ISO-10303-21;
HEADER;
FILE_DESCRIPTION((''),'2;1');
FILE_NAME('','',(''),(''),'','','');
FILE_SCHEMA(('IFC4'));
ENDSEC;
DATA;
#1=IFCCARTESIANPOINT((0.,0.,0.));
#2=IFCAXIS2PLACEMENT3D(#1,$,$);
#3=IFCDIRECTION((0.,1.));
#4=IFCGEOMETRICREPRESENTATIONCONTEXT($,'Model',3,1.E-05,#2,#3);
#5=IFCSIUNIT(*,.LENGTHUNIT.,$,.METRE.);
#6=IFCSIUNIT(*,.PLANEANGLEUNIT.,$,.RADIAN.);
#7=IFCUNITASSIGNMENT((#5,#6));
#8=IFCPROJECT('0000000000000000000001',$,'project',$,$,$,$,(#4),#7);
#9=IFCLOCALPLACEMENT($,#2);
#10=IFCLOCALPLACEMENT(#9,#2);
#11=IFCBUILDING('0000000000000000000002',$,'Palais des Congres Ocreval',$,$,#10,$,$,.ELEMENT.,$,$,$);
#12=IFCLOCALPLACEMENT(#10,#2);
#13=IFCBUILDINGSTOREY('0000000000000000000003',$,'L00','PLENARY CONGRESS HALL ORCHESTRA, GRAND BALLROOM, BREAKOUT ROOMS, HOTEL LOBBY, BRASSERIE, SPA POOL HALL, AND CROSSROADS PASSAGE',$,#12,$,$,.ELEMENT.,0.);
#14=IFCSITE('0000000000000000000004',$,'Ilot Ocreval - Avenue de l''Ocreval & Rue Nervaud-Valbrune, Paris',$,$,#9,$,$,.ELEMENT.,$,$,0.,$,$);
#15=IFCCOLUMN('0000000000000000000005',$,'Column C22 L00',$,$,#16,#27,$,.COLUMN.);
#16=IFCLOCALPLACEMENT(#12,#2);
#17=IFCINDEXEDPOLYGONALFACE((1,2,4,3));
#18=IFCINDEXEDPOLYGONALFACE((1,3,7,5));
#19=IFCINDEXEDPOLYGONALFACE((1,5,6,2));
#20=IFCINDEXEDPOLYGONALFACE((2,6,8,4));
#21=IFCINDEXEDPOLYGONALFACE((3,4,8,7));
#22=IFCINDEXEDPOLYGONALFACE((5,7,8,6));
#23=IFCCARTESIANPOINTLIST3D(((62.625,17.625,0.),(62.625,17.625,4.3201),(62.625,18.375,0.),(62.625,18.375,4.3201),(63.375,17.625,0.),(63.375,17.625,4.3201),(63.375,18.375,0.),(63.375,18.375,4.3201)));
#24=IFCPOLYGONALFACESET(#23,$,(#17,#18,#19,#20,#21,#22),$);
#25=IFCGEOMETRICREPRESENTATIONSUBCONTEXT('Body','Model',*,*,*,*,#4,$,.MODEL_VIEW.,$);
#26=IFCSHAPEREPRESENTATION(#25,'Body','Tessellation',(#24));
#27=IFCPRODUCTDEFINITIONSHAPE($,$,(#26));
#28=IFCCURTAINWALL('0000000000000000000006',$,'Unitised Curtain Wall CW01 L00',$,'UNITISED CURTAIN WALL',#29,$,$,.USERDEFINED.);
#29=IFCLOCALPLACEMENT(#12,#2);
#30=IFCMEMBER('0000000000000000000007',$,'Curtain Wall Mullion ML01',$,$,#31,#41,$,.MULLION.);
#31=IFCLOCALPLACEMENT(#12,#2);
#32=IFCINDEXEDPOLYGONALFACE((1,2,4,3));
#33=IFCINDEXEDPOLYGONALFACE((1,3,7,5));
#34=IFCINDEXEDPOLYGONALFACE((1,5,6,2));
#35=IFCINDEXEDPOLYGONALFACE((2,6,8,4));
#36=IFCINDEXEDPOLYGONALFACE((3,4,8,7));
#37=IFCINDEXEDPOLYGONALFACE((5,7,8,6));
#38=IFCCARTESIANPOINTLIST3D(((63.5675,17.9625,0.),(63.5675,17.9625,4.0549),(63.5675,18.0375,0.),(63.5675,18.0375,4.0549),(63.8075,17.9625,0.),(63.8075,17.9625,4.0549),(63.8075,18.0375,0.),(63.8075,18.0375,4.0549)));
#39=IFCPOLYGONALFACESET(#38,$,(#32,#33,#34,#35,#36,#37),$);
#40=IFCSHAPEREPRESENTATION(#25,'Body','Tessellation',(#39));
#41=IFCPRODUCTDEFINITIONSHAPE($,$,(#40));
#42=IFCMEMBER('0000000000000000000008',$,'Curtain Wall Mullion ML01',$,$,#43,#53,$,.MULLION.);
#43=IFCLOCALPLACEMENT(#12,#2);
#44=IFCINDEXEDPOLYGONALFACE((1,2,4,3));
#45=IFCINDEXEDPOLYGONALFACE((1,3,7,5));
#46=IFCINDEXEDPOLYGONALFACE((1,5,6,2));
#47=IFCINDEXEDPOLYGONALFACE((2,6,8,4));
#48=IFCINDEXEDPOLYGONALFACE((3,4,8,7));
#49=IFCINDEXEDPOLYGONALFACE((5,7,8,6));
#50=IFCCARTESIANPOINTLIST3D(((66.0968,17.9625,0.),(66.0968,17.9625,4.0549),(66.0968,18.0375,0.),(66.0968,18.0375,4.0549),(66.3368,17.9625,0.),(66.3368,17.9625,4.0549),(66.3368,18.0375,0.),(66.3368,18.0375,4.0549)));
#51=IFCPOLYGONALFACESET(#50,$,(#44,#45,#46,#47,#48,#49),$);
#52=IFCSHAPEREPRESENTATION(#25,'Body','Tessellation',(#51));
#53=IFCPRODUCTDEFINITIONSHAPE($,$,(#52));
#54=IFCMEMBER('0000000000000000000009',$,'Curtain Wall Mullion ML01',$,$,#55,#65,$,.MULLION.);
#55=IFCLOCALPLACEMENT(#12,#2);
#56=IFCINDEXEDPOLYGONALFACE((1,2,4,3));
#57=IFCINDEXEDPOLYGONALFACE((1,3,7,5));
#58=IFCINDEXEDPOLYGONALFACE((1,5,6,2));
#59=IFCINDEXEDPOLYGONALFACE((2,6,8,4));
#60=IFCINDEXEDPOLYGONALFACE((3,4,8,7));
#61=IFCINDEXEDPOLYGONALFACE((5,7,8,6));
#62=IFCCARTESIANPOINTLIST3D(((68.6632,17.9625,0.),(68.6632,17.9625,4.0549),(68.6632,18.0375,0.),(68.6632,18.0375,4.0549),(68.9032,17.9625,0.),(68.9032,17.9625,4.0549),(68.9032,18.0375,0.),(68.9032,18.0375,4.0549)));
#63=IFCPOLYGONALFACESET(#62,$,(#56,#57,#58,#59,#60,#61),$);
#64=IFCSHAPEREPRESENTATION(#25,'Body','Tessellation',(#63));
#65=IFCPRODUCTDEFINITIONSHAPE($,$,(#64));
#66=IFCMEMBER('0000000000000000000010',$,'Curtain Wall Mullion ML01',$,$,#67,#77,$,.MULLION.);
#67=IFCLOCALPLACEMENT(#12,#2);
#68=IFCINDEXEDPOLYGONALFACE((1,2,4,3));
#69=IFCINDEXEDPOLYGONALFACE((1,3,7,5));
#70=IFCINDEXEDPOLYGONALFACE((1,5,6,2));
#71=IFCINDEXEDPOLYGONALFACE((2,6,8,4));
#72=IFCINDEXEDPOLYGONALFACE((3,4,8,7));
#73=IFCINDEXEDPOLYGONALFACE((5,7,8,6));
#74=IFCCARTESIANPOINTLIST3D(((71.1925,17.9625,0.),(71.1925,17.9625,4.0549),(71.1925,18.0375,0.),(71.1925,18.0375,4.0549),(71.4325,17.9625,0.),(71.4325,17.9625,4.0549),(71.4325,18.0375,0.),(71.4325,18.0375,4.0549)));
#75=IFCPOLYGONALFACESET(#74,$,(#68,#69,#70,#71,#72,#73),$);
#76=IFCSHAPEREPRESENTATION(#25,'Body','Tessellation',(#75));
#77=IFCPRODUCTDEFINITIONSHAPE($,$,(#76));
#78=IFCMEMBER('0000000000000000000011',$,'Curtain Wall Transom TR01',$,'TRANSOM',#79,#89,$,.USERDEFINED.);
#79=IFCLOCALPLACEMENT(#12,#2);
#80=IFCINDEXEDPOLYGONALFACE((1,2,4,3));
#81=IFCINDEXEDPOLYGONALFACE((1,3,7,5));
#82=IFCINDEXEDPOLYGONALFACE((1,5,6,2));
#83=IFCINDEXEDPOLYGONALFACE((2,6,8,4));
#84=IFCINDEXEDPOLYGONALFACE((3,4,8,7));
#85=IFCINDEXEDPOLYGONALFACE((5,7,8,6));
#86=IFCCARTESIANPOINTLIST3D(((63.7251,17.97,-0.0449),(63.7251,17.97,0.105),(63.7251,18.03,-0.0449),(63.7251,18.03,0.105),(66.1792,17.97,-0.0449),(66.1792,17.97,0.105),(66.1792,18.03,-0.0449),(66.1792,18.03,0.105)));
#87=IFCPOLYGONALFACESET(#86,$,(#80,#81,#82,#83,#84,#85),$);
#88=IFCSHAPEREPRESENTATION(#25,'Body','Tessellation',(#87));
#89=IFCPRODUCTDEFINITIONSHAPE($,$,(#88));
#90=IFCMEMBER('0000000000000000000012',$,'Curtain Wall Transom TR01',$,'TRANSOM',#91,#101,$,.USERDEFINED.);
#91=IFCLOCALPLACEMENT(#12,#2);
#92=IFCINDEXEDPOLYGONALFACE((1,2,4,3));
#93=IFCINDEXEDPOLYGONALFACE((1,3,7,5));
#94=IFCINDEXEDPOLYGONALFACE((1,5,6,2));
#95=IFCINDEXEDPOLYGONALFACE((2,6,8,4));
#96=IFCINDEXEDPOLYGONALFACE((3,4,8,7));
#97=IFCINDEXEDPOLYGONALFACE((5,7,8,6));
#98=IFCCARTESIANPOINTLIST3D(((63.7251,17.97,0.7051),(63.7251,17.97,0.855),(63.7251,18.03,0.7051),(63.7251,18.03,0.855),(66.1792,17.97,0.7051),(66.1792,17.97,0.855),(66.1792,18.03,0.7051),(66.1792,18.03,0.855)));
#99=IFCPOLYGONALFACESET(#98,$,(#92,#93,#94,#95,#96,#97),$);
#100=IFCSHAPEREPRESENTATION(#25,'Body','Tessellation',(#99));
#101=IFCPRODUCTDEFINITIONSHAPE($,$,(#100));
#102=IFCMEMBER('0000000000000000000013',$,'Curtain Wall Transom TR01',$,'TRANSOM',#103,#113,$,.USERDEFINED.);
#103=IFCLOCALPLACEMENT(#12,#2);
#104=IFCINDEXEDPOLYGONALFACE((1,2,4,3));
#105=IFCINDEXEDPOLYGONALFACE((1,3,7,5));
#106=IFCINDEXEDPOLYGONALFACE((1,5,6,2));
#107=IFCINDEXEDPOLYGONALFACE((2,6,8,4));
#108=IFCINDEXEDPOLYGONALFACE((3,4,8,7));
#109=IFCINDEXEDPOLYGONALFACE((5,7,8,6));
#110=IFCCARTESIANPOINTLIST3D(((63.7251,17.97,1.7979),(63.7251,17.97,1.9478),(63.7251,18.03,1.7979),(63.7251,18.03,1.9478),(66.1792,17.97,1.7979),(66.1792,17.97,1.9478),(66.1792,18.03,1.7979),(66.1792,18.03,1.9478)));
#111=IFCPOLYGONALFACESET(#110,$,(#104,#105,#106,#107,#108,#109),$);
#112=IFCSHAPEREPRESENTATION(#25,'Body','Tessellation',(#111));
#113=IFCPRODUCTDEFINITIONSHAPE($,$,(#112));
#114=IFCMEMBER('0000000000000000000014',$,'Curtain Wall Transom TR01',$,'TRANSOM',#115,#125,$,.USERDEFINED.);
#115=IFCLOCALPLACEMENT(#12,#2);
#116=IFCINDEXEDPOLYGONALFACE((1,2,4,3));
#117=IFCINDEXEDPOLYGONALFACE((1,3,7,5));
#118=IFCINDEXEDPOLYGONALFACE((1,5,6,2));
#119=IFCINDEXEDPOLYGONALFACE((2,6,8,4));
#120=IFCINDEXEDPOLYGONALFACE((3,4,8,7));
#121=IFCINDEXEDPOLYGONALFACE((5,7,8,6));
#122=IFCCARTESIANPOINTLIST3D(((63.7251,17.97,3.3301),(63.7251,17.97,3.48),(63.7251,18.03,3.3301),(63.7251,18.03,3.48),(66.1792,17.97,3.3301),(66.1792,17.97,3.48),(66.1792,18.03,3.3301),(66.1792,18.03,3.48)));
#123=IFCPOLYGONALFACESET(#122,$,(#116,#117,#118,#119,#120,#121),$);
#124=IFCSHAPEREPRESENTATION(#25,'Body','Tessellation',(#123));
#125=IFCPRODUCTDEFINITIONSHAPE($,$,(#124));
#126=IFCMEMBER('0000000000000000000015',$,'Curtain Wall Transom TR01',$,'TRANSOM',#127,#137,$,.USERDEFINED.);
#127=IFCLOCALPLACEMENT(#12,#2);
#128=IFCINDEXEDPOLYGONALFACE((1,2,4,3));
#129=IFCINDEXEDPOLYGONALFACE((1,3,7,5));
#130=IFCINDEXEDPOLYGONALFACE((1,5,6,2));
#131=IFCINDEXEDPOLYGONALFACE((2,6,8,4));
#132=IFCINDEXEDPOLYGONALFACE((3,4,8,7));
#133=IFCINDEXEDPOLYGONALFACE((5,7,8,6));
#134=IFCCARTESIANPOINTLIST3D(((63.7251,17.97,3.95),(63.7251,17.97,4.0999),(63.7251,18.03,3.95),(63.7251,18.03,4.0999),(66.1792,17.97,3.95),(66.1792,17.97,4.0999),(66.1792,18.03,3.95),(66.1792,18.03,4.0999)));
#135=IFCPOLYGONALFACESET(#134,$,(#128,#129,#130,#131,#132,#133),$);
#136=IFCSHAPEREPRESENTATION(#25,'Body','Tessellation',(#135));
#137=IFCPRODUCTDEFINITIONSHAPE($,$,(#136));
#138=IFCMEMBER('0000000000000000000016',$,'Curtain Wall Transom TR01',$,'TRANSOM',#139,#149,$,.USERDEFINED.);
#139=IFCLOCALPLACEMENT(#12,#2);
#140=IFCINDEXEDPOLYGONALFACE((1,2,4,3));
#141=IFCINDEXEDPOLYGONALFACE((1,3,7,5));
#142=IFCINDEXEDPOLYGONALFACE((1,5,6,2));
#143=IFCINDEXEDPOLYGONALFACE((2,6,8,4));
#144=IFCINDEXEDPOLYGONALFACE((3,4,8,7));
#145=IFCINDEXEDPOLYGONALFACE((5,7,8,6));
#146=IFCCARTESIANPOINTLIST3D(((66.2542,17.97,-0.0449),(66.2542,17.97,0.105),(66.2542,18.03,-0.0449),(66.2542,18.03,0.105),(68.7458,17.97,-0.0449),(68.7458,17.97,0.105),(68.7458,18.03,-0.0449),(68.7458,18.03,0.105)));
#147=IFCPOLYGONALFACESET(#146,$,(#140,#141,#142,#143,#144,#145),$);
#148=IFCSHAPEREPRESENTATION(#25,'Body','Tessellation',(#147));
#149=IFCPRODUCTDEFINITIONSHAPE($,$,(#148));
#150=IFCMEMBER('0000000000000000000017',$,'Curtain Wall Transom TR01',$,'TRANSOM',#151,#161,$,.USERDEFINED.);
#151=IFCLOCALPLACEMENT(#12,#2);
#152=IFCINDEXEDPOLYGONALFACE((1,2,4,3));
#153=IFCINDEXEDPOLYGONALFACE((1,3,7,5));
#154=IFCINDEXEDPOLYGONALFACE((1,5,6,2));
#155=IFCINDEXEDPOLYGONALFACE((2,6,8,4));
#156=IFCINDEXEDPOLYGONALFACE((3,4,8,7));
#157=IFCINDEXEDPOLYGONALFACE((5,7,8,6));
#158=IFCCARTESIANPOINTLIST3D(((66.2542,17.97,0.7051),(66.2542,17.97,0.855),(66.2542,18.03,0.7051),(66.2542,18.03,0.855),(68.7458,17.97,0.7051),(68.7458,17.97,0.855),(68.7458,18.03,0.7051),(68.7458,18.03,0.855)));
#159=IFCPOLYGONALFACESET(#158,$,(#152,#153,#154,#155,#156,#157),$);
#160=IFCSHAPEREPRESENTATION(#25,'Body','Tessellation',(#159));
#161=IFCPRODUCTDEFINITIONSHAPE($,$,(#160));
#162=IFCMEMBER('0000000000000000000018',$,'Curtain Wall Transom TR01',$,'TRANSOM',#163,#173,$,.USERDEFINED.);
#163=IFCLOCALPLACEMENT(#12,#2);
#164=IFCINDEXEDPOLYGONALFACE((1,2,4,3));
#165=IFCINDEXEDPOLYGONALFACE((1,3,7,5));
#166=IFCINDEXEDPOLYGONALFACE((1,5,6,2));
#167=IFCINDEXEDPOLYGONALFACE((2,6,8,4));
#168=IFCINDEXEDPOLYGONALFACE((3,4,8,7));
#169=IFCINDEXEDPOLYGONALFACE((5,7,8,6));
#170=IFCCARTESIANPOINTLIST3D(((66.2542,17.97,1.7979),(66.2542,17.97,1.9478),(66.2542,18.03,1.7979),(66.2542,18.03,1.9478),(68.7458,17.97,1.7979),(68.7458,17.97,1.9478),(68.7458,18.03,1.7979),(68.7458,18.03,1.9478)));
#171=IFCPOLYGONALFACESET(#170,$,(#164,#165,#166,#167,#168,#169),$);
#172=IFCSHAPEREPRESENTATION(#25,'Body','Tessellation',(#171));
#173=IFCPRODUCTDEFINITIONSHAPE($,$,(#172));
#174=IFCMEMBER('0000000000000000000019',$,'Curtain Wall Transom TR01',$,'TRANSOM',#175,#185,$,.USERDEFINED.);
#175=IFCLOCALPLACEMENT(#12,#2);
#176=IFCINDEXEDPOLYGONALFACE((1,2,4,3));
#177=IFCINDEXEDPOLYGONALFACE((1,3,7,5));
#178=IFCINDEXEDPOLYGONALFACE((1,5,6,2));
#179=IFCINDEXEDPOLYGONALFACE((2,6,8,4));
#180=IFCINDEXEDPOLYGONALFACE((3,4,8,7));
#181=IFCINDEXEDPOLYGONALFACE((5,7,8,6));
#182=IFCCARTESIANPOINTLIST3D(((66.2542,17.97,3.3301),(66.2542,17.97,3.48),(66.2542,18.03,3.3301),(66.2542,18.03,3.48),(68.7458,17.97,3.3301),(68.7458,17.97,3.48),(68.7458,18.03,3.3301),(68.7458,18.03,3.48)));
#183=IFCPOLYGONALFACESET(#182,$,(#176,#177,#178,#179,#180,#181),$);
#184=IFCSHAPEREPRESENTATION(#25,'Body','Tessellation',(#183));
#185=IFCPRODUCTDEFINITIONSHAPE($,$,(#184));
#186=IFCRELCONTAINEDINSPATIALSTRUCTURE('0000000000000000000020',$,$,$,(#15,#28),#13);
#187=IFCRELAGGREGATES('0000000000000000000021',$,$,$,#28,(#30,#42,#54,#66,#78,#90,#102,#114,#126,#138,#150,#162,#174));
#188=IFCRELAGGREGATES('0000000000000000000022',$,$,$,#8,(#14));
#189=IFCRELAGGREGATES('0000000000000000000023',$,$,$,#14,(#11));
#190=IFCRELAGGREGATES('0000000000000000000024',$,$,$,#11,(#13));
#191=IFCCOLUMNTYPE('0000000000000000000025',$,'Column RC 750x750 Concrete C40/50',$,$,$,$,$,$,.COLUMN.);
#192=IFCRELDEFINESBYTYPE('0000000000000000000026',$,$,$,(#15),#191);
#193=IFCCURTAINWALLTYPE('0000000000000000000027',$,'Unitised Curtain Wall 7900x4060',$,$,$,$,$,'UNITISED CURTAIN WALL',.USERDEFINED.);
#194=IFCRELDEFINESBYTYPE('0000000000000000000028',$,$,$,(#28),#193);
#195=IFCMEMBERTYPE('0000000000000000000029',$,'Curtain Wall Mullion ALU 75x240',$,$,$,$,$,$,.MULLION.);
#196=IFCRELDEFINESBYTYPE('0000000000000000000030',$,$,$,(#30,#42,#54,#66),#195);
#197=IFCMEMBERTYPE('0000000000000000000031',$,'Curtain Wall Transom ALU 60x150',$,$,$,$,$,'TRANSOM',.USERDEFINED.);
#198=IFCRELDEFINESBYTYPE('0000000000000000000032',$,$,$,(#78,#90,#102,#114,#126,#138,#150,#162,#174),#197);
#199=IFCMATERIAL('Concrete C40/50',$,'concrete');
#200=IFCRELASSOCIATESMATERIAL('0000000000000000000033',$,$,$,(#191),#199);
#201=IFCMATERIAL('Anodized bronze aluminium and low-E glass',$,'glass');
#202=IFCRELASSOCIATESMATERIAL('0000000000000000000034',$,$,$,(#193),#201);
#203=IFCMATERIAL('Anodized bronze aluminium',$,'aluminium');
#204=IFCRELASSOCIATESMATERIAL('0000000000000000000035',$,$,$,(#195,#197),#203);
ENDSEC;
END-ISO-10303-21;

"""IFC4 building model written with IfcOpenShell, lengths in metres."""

from ifc_helpers import new_model, si_unit, direction, frame, origin, origin_2d, place, context, subcontext, project, spatial, rectangle, extrude, material, material_profile, profile_set, type_object, element, aggregate, save


model = new_model("IFC4")

# Units and contexts
model_context = context("Model", 3, precision=1e-05, world=origin(), true_north=direction((0.0, 1.0)))
body_context = subcontext(model_context, "Body", "Model", "MODEL_VIEW")
ifc_project = project(units=[si_unit("LENGTHUNIT", "METRE"), si_unit("PLANEANGLEUNIT", "RADIAN")], contexts=[model_context])

# Site, building, storey
site_placement = place(None, origin())
site = spatial("IfcSite", under=ifc_project, at=site_placement, Name="Ilot Ocreval - Avenue de l'Ocreval & Rue Nervaud-Valbrune, Paris", CompositionType="ELEMENT", RefElevation=0.0)
building_placement = place(site_placement, origin())
building = spatial("IfcBuilding", under=site, at=building_placement, Name="Palais des Congres Ocreval", CompositionType="ELEMENT")
storey_placement = place(building_placement, origin())
storey = spatial("IfcBuildingStorey", under=building, at=storey_placement, Name="L00", Description="PLENARY CONGRESS HALL ORCHESTRA, GRAND BALLROOM, BREAKOUT ROOMS, HOTEL LOBBY, BRASSERIE, SPA POOL HALL, AND CROSSROADS PASSAGE", CompositionType="ELEMENT", Elevation=0.0)

# Column
ifc_material_1 = material(Name="Concrete C40/50", Category="concrete")
ifc_material_profile_1 = material_profile(ifc_material_1, rectangle(XDim=0.75, YDim=0.75, at=origin_2d()), Name="RC 750x750")
ifc_profile_set_1 = profile_set([ifc_material_profile_1], Name="Concrete C40/50")
column_type = type_object("IfcColumnType", Name="Column RC 750x750 Concrete C40/50", PredefinedType="COLUMN", material=ifc_profile_set_1)
column_placement = place(storey_placement, frame((63.0, 18.0, 0.0), z_axis=(0.0, 0.0, 1.0), x_axis=(1.0, 0.0, 0.0)))
element("IfcColumn", 1, at=column_placement, inside=storey, type_object=column_type, Name="Column C22 L00", PredefinedType="COLUMN", context=body_context, shape_type="SweptSolid", body=[
    extrude(rectangle(XDim=0.75, YDim=0.75, at=origin_2d()), origin(), (0.0, 0.0, 1.0), 4.3201),
])

# Curtain wall, members
ifc_material_2 = material(Name="Anodized bronze aluminium and low-E glass", Category="glass")
curtain_wall_type = type_object("IfcCurtainWallType", Name="Unitised Curtain Wall 7900x4060", ElementType="UNITISED CURTAIN WALL", PredefinedType="USERDEFINED", material=ifc_material_2)
curtain_wall_placement = place(storey_placement, origin())
curtain_wall = element("IfcCurtainWall", 2, at=curtain_wall_placement, inside=storey, type_object=curtain_wall_type, Name="Unitised Curtain Wall CW01 L00", ObjectType="UNITISED CURTAIN WALL", PredefinedType="USERDEFINED")
ifc_material_3 = material(Name="Anodized bronze aluminium", Category="aluminium")
ifc_material_profile_2 = material_profile(ifc_material_3, rectangle(XDim=0.075, YDim=0.24, at=origin_2d()), Name="ALU 75x240")
ifc_profile_set_2 = profile_set([ifc_material_profile_2], Name="Anodized bronze aluminium")
member_type_1 = type_object("IfcMemberType", Name="Curtain Wall Mullion ALU 75x240", PredefinedType="MULLION", material=ifc_profile_set_2)
member_1_placement = place(storey_placement, frame((63.6875, 18.0, 0.0), z_axis=(0.0, 0.0, 1.0), x_axis=(0.0, 1.0, 0.0)))
member_1 = element("IfcMember", 3, at=member_1_placement, type_object=member_type_1, Name="Curtain Wall Mullion ML01", PredefinedType="MULLION", context=body_context, shape_type="SweptSolid", body=[
    extrude(rectangle(XDim=0.075, YDim=0.24, at=origin_2d()), origin(), (0.0, 0.0, 1.0), 4.0549),
])
member_2_placement = place(storey_placement, frame((66.2168, 18.0, 0.0), z_axis=(0.0, 0.0, 1.0), x_axis=(0.0, 1.0, 0.0)))
member_2 = element("IfcMember", 4, at=member_2_placement, type_object=member_type_1, Name="Curtain Wall Mullion ML01", PredefinedType="MULLION", context=body_context, shape_type="SweptSolid", body=[
    extrude(rectangle(XDim=0.075, YDim=0.24, at=origin_2d()), origin(), (0.0, 0.0, 1.0), 4.0549),
])
member_3_placement = place(storey_placement, frame((68.7832, 18.0, 0.0), z_axis=(0.0, 0.0, 1.0), x_axis=(0.0, 1.0, 0.0)))
member_3 = element("IfcMember", 5, at=member_3_placement, type_object=member_type_1, Name="Curtain Wall Mullion ML01", PredefinedType="MULLION", context=body_context, shape_type="SweptSolid", body=[
    extrude(rectangle(XDim=0.075, YDim=0.24, at=origin_2d()), origin(), (0.0, 0.0, 1.0), 4.0549),
])
member_4_placement = place(storey_placement, frame((71.3125, 18.0, 0.0), z_axis=(0.0, 0.0, 1.0), x_axis=(0.0, 1.0, 0.0)))
member_4 = element("IfcMember", 6, at=member_4_placement, type_object=member_type_1, Name="Curtain Wall Mullion ML01", PredefinedType="MULLION", context=body_context, shape_type="SweptSolid", body=[
    extrude(rectangle(XDim=0.075, YDim=0.24, at=origin_2d()), origin(), (0.0, 0.0, 1.0), 4.0549),
])
ifc_material_profile_3 = material_profile(ifc_material_3, rectangle(XDim=0.0601, YDim=0.1499, at=origin_2d()), Name="ALU 60x150")
ifc_profile_set_3 = profile_set([ifc_material_profile_3], Name="Anodized bronze aluminium")
member_type_2 = type_object("IfcMemberType", Name="Curtain Wall Transom ALU 60x150", ElementType="TRANSOM", PredefinedType="USERDEFINED", material=ifc_profile_set_3)
member_5_placement = place(storey_placement, frame((63.7251, 18.0, 0.03), z_axis=(1.0, 0.0, 0.0), x_axis=(0.0, 1.0, 0.0)))
member_5 = element("IfcMember", 7, at=member_5_placement, type_object=member_type_2, Name="Curtain Wall Transom TR01", ObjectType="TRANSOM", PredefinedType="USERDEFINED", context=body_context, shape_type="SweptSolid", body=[
    extrude(rectangle(XDim=0.0601, YDim=0.1499, at=origin_2d()), origin(), (0.0, 0.0, 1.0), 2.4541),
])
member_6_placement = place(storey_placement, frame((63.7251, 18.0, 0.78), z_axis=(1.0, 0.0, 0.0), x_axis=(0.0, 1.0, 0.0)))
member_6 = element("IfcMember", 8, at=member_6_placement, type_object=member_type_2, Name="Curtain Wall Transom TR01", ObjectType="TRANSOM", PredefinedType="USERDEFINED", context=body_context, shape_type="SweptSolid", body=[
    extrude(rectangle(XDim=0.0601, YDim=0.1499, at=origin_2d()), origin(), (0.0, 0.0, 1.0), 2.4541),
])
member_7_placement = place(storey_placement, frame((63.7251, 18.0, 1.8728), z_axis=(1.0, 0.0, 0.0), x_axis=(0.0, 1.0, 0.0)))
member_7 = element("IfcMember", 9, at=member_7_placement, type_object=member_type_2, Name="Curtain Wall Transom TR01", ObjectType="TRANSOM", PredefinedType="USERDEFINED", context=body_context, shape_type="SweptSolid", body=[
    extrude(rectangle(XDim=0.0601, YDim=0.1499, at=origin_2d()), origin(), (0.0, 0.0, 1.0), 2.4541),
])
member_8_placement = place(storey_placement, frame((63.7251, 18.0, 3.405), z_axis=(1.0, 0.0, 0.0), x_axis=(0.0, 1.0, 0.0)))
member_8 = element("IfcMember", 10, at=member_8_placement, type_object=member_type_2, Name="Curtain Wall Transom TR01", ObjectType="TRANSOM", PredefinedType="USERDEFINED", context=body_context, shape_type="SweptSolid", body=[
    extrude(rectangle(XDim=0.0601, YDim=0.1499, at=origin_2d()), origin(), (0.0, 0.0, 1.0), 2.4541),
])
member_9_placement = place(storey_placement, frame((63.7251, 18.0, 4.0249), z_axis=(1.0, 0.0, 0.0), x_axis=(0.0, 1.0, 0.0)))
member_9 = element("IfcMember", 11, at=member_9_placement, type_object=member_type_2, Name="Curtain Wall Transom TR01", ObjectType="TRANSOM", PredefinedType="USERDEFINED", context=body_context, shape_type="SweptSolid", body=[
    extrude(rectangle(XDim=0.0601, YDim=0.1499, at=origin_2d()), origin(), (0.0, 0.0, 1.0), 2.4541),
])
member_10_placement = place(storey_placement, frame((66.2542, 18.0, 0.03), z_axis=(1.0, 0.0, 0.0), x_axis=(0.0, 1.0, 0.0)))
member_10 = element("IfcMember", 12, at=member_10_placement, type_object=member_type_2, Name="Curtain Wall Transom TR01", ObjectType="TRANSOM", PredefinedType="USERDEFINED", context=body_context, shape_type="SweptSolid", body=[
    extrude(rectangle(XDim=0.0601, YDim=0.1499, at=origin_2d()), origin(), (0.0, 0.0, 1.0), 2.4917),
])
member_11_placement = place(storey_placement, frame((66.2542, 18.0, 0.78), z_axis=(1.0, 0.0, 0.0), x_axis=(0.0, 1.0, 0.0)))
member_11 = element("IfcMember", 13, at=member_11_placement, type_object=member_type_2, Name="Curtain Wall Transom TR01", ObjectType="TRANSOM", PredefinedType="USERDEFINED", context=body_context, shape_type="SweptSolid", body=[
    extrude(rectangle(XDim=0.0601, YDim=0.1499, at=origin_2d()), origin(), (0.0, 0.0, 1.0), 2.4917),
])
member_12_placement = place(storey_placement, frame((66.2542, 18.0, 1.8728), z_axis=(1.0, 0.0, 0.0), x_axis=(0.0, 1.0, 0.0)))
member_12 = element("IfcMember", 14, at=member_12_placement, type_object=member_type_2, Name="Curtain Wall Transom TR01", ObjectType="TRANSOM", PredefinedType="USERDEFINED", context=body_context, shape_type="SweptSolid", body=[
    extrude(rectangle(XDim=0.0601, YDim=0.1499, at=origin_2d()), origin(), (0.0, 0.0, 1.0), 2.4917),
])
member_13_placement = place(storey_placement, frame((66.2542, 18.0, 3.405), z_axis=(1.0, 0.0, 0.0), x_axis=(0.0, 1.0, 0.0)))
member_13 = element("IfcMember", 15, at=member_13_placement, type_object=member_type_2, Name="Curtain Wall Transom TR01", ObjectType="TRANSOM", PredefinedType="USERDEFINED", context=body_context, shape_type="SweptSolid", body=[
    extrude(rectangle(XDim=0.0601, YDim=0.1499, at=origin_2d()), origin(), (0.0, 0.0, 1.0), 2.4917),
])

aggregate(curtain_wall, [member_1, member_2, member_3, member_4, member_5, member_6, member_7, member_8, member_9, member_10, member_11, member_12, member_13])

save(model, "model.ifc")
